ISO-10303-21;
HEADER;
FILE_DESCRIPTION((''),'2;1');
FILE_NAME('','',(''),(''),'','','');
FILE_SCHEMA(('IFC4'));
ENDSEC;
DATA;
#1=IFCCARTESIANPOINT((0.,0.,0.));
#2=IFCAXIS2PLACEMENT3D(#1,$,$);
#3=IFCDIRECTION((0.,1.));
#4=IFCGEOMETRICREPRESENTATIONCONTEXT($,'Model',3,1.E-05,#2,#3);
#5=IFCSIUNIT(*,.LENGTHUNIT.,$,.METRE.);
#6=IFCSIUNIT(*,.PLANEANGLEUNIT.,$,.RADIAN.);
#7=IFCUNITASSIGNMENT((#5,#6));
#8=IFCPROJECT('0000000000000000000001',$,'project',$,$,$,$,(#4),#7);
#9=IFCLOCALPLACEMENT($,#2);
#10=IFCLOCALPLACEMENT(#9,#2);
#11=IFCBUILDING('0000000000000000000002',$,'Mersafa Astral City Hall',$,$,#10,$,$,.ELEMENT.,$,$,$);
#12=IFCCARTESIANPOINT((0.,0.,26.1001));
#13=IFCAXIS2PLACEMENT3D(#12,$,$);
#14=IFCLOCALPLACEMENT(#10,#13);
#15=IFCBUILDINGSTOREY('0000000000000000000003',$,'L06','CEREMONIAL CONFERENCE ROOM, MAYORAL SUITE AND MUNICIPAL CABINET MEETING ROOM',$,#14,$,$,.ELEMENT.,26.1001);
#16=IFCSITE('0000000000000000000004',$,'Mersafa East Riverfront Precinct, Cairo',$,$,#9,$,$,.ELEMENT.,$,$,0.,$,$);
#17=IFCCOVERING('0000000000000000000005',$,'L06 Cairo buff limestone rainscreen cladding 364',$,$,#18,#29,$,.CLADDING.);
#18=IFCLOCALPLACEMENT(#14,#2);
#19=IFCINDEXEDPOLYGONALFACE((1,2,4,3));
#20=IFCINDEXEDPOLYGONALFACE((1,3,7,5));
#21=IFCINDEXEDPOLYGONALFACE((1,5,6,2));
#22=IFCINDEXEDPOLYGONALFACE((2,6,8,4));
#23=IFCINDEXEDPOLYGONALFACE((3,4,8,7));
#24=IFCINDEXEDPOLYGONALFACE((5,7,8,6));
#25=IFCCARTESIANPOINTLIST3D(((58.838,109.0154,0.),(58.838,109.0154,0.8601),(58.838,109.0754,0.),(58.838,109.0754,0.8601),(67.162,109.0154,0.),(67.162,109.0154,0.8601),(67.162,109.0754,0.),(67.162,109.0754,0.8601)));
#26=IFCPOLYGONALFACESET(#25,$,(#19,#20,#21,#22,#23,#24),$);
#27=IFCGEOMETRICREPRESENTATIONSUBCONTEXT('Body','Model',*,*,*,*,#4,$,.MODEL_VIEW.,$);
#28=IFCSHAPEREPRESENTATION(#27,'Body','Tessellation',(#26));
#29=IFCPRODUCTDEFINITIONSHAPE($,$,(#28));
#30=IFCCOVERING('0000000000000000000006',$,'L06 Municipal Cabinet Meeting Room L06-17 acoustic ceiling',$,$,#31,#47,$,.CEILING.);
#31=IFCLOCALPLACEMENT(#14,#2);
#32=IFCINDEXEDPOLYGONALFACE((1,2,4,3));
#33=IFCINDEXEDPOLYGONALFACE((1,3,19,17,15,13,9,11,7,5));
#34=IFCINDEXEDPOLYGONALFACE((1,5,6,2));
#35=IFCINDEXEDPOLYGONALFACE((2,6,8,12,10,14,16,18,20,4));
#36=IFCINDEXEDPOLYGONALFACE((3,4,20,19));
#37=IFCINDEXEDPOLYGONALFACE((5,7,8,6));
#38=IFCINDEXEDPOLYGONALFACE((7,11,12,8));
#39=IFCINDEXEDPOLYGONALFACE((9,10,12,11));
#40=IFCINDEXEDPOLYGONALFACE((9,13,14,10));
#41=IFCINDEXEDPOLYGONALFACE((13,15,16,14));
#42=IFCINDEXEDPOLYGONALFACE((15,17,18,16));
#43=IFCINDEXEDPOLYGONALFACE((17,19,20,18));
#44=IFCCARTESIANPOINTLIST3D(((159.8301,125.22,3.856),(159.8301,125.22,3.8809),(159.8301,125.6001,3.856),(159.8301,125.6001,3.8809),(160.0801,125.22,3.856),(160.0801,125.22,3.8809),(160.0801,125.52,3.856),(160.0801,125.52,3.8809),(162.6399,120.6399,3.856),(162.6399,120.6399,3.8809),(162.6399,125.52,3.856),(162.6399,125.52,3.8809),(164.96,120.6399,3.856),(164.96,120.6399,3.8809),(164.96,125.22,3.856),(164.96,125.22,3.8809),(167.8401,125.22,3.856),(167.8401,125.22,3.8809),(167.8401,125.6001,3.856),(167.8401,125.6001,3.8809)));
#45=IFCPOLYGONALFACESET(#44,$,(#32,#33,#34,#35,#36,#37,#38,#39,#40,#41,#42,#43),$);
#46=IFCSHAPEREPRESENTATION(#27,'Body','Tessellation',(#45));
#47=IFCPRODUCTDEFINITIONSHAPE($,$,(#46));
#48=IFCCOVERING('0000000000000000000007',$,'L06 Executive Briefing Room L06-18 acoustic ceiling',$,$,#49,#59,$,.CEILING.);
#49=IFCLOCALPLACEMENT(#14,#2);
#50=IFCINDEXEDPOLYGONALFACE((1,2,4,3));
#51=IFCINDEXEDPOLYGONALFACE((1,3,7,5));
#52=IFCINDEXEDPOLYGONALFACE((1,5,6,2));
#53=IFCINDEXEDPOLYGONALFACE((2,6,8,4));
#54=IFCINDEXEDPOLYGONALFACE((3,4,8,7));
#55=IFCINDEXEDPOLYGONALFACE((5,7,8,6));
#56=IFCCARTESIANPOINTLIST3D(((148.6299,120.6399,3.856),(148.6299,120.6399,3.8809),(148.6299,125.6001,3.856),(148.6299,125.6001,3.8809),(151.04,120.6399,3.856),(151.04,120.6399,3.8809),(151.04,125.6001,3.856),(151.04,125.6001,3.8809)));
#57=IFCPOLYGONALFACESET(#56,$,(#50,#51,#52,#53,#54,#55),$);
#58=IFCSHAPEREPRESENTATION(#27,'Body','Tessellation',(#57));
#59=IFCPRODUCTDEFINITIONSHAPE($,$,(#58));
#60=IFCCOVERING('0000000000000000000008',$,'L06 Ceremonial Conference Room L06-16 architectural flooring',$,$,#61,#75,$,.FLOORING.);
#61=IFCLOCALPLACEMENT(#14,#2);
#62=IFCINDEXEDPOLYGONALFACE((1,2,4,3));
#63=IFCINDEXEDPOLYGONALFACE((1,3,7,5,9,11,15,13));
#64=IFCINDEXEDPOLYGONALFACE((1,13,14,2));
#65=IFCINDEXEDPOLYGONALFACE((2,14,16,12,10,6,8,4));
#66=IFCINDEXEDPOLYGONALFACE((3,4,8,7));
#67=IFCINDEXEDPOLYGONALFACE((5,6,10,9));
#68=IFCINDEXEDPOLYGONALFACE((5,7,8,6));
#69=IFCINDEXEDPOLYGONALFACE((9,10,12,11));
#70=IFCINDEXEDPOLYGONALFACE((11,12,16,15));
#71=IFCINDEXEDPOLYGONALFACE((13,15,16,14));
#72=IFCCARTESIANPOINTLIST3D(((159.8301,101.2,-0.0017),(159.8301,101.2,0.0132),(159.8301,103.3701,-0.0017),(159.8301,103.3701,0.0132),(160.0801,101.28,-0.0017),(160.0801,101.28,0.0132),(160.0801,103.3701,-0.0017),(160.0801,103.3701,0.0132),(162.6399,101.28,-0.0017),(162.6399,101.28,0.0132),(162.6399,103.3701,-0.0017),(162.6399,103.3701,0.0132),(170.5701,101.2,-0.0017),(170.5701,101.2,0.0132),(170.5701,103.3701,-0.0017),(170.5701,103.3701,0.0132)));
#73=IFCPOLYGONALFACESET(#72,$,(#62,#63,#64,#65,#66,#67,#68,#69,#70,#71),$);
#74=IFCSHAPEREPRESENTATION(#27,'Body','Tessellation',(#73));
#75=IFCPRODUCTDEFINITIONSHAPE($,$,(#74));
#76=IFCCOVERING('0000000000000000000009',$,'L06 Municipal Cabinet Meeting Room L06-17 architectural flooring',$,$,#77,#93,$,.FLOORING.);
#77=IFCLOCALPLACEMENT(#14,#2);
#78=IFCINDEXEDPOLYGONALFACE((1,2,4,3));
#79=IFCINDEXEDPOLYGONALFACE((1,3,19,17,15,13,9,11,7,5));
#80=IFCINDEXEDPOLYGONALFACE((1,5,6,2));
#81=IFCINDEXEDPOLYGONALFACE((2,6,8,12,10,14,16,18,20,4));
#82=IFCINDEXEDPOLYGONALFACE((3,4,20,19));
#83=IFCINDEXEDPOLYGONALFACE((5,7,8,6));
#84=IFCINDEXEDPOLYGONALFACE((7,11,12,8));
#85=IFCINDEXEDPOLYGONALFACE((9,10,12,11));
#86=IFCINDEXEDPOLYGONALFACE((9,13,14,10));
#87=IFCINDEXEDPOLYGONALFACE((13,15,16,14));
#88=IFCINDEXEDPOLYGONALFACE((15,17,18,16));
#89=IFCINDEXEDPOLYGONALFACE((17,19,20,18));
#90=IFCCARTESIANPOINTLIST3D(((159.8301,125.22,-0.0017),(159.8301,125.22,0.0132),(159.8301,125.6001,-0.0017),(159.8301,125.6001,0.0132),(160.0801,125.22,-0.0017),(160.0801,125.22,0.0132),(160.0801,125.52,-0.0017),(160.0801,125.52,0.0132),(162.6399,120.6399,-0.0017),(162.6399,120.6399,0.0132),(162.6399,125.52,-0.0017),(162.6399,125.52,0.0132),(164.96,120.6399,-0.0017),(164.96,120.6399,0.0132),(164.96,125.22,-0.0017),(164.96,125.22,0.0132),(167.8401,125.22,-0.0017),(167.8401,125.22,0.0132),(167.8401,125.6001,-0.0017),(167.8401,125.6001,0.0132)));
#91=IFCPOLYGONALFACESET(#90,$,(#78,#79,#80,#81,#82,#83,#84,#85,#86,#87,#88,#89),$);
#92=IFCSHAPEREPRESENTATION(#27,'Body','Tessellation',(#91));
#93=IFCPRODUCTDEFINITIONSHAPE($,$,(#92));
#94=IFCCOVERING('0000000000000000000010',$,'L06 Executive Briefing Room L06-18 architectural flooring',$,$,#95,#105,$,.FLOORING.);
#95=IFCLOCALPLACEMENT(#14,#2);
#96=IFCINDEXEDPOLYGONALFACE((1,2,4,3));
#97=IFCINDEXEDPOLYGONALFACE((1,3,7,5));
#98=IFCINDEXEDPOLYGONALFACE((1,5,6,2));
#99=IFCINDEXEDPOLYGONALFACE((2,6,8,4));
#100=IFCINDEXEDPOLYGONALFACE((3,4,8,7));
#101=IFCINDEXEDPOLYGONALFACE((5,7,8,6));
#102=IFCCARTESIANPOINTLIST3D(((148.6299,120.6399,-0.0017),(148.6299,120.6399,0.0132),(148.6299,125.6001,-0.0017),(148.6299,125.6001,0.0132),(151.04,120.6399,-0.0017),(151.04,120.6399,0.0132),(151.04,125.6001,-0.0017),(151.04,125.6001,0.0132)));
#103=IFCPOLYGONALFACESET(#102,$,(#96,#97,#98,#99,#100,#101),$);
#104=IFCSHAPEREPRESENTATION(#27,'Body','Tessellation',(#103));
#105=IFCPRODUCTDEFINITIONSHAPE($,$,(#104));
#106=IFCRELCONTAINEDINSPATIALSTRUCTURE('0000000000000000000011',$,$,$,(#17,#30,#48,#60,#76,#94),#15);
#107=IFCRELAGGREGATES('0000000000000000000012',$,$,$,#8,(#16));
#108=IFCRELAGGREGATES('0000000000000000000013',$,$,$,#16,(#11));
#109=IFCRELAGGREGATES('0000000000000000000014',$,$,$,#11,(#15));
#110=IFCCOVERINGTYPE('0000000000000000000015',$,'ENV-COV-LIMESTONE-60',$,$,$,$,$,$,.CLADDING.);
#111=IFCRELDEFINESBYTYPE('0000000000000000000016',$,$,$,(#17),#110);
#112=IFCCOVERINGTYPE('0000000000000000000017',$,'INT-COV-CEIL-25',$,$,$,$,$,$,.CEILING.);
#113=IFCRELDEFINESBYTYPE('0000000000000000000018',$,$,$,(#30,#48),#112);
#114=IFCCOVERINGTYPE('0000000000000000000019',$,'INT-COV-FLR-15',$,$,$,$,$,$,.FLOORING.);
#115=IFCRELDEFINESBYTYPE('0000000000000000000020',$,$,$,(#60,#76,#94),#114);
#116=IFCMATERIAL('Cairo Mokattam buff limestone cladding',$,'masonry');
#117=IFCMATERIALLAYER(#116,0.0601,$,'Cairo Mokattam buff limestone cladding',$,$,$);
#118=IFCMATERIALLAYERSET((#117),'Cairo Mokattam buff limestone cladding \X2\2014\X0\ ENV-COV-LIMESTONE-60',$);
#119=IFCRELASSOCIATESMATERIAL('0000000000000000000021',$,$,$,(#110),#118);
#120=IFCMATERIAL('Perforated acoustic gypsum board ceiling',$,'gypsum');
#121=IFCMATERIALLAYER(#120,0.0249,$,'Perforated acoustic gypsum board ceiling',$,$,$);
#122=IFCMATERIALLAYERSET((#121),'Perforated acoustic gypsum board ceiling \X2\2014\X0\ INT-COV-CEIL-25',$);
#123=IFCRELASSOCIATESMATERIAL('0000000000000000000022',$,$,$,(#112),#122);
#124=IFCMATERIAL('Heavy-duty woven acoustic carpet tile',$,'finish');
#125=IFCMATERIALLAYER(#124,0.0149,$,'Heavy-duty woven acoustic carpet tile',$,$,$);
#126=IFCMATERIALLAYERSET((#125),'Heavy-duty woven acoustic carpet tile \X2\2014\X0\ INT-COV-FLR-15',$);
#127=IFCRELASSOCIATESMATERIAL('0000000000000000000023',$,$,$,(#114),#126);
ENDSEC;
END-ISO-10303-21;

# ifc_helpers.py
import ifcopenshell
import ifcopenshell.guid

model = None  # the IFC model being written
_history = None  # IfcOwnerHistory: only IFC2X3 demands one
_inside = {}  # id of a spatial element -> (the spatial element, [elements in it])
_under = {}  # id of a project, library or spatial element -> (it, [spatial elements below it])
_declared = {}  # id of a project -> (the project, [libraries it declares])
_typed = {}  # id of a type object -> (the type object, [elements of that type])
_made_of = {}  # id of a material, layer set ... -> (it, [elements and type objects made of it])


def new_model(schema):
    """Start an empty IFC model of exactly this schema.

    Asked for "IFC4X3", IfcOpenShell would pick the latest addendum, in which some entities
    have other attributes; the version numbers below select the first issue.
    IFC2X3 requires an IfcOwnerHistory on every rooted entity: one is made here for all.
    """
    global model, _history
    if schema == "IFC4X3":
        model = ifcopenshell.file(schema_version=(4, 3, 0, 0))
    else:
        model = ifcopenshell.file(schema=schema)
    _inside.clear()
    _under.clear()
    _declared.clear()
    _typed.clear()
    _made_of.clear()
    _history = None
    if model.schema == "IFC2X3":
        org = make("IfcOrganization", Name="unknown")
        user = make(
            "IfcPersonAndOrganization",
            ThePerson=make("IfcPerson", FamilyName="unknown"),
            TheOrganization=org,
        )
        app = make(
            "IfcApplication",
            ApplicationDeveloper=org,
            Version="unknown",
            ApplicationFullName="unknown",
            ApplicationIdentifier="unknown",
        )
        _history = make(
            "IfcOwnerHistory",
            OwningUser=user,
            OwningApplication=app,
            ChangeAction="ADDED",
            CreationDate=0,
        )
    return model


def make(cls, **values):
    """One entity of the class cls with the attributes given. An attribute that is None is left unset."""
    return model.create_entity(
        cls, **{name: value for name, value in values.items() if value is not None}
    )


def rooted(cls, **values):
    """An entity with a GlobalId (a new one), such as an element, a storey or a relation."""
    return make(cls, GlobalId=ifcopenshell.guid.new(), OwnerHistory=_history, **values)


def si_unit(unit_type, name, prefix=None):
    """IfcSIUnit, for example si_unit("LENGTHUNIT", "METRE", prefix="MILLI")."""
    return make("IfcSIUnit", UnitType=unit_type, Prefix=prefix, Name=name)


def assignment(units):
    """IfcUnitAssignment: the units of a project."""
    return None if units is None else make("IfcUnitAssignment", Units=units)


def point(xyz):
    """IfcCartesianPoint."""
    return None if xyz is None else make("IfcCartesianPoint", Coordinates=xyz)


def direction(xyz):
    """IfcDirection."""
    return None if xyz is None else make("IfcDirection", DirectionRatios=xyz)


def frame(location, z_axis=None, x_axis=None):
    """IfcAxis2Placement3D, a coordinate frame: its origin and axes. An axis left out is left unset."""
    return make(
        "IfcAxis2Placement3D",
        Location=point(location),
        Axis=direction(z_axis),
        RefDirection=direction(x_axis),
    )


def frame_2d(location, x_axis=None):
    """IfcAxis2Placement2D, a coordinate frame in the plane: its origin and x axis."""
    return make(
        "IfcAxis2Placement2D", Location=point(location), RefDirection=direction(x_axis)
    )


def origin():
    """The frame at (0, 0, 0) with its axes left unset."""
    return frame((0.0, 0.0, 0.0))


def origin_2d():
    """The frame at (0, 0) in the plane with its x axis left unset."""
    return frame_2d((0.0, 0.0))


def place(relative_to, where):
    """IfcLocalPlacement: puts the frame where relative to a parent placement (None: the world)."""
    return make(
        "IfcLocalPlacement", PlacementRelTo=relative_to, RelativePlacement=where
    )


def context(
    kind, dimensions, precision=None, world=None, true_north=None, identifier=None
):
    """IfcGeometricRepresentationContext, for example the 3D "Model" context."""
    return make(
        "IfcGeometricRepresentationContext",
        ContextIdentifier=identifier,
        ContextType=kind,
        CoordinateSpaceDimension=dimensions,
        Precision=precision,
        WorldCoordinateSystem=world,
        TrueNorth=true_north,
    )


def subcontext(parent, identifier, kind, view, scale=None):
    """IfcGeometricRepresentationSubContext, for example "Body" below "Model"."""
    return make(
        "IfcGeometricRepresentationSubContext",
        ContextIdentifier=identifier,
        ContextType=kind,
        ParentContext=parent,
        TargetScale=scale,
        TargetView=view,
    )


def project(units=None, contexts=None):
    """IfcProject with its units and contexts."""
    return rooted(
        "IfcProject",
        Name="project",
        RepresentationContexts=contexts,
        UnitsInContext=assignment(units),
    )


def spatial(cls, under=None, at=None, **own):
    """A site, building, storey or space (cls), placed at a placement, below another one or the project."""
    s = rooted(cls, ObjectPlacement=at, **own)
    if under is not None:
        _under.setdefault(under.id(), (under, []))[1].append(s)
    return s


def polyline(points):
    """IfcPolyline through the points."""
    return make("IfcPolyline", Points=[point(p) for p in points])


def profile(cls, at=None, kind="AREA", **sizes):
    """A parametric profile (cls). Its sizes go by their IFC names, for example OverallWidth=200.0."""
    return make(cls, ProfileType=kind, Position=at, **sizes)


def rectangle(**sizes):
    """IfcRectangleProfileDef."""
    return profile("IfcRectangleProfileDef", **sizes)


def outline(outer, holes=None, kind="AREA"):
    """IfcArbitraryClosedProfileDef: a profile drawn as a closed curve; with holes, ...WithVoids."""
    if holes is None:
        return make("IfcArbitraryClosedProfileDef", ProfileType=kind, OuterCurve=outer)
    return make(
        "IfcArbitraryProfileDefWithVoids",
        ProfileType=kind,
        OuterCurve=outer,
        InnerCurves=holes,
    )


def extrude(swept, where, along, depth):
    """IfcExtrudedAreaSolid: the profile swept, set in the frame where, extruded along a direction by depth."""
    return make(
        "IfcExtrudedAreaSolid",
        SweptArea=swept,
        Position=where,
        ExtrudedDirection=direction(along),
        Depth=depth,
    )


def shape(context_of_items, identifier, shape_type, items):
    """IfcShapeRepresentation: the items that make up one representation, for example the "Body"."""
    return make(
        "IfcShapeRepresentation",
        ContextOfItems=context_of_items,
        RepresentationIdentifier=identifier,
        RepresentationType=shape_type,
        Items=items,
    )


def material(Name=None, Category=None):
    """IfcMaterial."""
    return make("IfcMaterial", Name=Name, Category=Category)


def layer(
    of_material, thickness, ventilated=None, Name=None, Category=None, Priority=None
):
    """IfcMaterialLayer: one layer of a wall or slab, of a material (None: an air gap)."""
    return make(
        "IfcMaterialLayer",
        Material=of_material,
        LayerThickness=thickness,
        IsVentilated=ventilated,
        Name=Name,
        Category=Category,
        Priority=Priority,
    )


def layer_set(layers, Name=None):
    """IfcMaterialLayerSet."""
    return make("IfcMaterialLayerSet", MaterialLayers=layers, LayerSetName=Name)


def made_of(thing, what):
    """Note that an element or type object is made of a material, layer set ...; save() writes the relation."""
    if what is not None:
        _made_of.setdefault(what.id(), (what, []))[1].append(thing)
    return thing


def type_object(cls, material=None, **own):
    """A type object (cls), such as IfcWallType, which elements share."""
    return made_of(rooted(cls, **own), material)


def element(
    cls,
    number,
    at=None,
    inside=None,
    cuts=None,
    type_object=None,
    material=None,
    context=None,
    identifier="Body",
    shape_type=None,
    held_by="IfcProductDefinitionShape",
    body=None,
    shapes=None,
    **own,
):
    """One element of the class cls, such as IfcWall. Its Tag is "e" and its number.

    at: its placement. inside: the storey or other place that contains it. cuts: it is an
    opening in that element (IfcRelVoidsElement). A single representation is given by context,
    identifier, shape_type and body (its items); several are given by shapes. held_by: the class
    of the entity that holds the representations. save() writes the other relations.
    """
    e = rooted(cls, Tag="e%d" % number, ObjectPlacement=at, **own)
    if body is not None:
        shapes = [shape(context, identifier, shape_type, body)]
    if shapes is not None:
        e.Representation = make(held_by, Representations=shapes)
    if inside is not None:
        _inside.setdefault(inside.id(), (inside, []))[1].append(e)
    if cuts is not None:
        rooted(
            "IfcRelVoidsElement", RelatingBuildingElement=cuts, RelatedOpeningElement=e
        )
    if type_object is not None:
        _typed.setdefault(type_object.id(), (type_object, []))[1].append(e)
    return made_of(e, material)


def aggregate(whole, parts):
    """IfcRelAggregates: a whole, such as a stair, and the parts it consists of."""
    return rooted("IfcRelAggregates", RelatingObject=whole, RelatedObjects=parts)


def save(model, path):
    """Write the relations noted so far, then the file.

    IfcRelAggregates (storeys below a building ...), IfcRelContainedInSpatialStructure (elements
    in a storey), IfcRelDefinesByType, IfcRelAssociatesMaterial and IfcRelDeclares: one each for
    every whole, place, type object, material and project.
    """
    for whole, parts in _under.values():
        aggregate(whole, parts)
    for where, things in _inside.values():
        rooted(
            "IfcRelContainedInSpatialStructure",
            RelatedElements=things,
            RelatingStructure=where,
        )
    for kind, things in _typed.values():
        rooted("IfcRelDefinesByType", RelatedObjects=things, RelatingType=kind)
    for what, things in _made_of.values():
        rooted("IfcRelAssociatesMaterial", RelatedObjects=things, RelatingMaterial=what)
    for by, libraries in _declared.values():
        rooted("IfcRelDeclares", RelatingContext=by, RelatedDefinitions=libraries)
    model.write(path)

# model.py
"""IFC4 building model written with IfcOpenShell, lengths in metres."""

from ifc_helpers import new_model, si_unit, direction, frame, origin, origin_2d, place, context, subcontext, project, spatial, polyline, rectangle, outline, extrude, material, layer, layer_set, type_object, element, save


model = new_model("IFC4")

# Units and contexts
model_context = context("Model", 3, precision=1e-05, world=origin(), true_north=direction((0.0, 1.0)))
body_context = subcontext(model_context, "Body", "Model", "MODEL_VIEW")
ifc_project = project(units=[si_unit("LENGTHUNIT", "METRE"), si_unit("PLANEANGLEUNIT", "RADIAN")], contexts=[model_context])

# Site, building, storey
site_placement = place(None, origin())
site = spatial("IfcSite", under=ifc_project, at=site_placement, Name="Mersafa East Riverfront Precinct, Cairo", CompositionType="ELEMENT", RefElevation=0.0)
building_placement = place(site_placement, origin())
building = spatial("IfcBuilding", under=site, at=building_placement, Name="Mersafa Astral City Hall", CompositionType="ELEMENT")
storey_placement = place(building_placement, frame((0.0, 0.0, 26.1001)))
storey = spatial("IfcBuildingStorey", under=building, at=storey_placement, Name="L06", Description="CEREMONIAL CONFERENCE ROOM, MAYORAL SUITE AND MUNICIPAL CABINET MEETING ROOM", CompositionType="ELEMENT", Elevation=26.1001)

# Coverings
ifc_material_1 = material(Name="Cairo Mokattam buff limestone cladding", Category="masonry")
ifc_layer_1 = layer(ifc_material_1, 0.0601, Name="Cairo Mokattam buff limestone cladding")
ifc_layer_set_1 = layer_set([ifc_layer_1], Name="Cairo Mokattam buff limestone cladding — ENV-COV-LIMESTONE-60")
covering_type_1 = type_object("IfcCoveringType", Name="ENV-COV-LIMESTONE-60", PredefinedType="CLADDING", material=ifc_layer_set_1)
for number, where, z_axis, x_axis, name in (
    (1, (63.0, 109.0454, 0.0), (0.0, 0.0, 1.0), (1.0, 0.0, 0.0), "L06 Cairo buff limestone rainscreen cladding 364"),
):
    element("IfcCovering", number, at=place(storey_placement, frame(where, z_axis=z_axis, x_axis=x_axis)), inside=storey, type_object=covering_type_1, Name=name, PredefinedType="CLADDING", context=body_context, shape_type="SweptSolid", body=[
        extrude(rectangle(XDim=8.324, YDim=0.0601, at=origin_2d()), origin(), (0.0, 0.0, 1.0), 0.8601),
    ])
ifc_material_2 = material(Name="Perforated acoustic gypsum board ceiling", Category="gypsum")
ifc_layer_2 = layer(ifc_material_2, 0.0249, Name="Perforated acoustic gypsum board ceiling")
ifc_layer_set_2 = layer_set([ifc_layer_2], Name="Perforated acoustic gypsum board ceiling — INT-COV-CEIL-25")
covering_type_2 = type_object("IfcCoveringType", Name="INT-COV-CEIL-25", PredefinedType="CEILING", material=ifc_layer_set_2)
covering_1_placement = place(storey_placement, frame((0.0, 0.0, 3.856)))
element("IfcCovering", 2, at=covering_1_placement, inside=storey, type_object=covering_type_2, Name="L06 Municipal Cabinet Meeting Room L06-17 acoustic ceiling", PredefinedType="CEILING", context=body_context, shape_type="SweptSolid", body=[
    extrude(outline(polyline([(164.96, 125.22), (164.96, 120.6399), (162.6399, 120.6399), (162.6399, 125.52), (160.0801, 125.52), (160.0801, 125.22), (159.8301, 125.22), (159.8301, 125.6001), (167.8401, 125.6001), (167.8401, 125.22), (164.96, 125.22)])), origin(), (0.0, 0.0, 1.0), 0.0249),
])
covering_2_placement = place(storey_placement, frame((0.0, 0.0, 3.856)))
element("IfcCovering", 3, at=covering_2_placement, inside=storey, type_object=covering_type_2, Name="L06 Executive Briefing Room L06-18 acoustic ceiling", PredefinedType="CEILING", context=body_context, shape_type="SweptSolid", body=[
    extrude(outline(polyline([(148.6299, 125.6001), (151.04, 125.6001), (151.04, 120.6399), (148.6299, 120.6399), (148.6299, 125.6001)])), origin(), (0.0, 0.0, 1.0), 0.0249),
])
ifc_material_3 = material(Name="Heavy-duty woven acoustic carpet tile", Category="finish")
ifc_layer_3 = layer(ifc_material_3, 0.0149, Name="Heavy-duty woven acoustic carpet tile")
ifc_layer_set_3 = layer_set([ifc_layer_3], Name="Heavy-duty woven acoustic carpet tile — INT-COV-FLR-15")
covering_type_3 = type_object("IfcCoveringType", Name="INT-COV-FLR-15", PredefinedType="FLOORING", material=ifc_layer_set_3)
covering_3_placement = place(storey_placement, frame((0.0, 0.0, -0.0017)))
element("IfcCovering", 4, at=covering_3_placement, inside=storey, type_object=covering_type_3, Name="L06 Ceremonial Conference Room L06-16 architectural flooring", PredefinedType="FLOORING", context=body_context, shape_type="SweptSolid", body=[
    extrude(outline(polyline([(160.0801, 103.3701), (160.0801, 101.28), (162.6399, 101.28), (162.6399, 103.3701), (170.5701, 103.3701), (170.5701, 101.2), (159.8301, 101.2), (159.8301, 103.3701), (160.0801, 103.3701)])), origin(), (0.0, 0.0, 1.0), 0.0149),
])
covering_4_placement = place(storey_placement, frame((0.0, 0.0, -0.0017)))
element("IfcCovering", 5, at=covering_4_placement, inside=storey, type_object=covering_type_3, Name="L06 Municipal Cabinet Meeting Room L06-17 architectural flooring", PredefinedType="FLOORING", context=body_context, shape_type="SweptSolid", body=[
    extrude(outline(polyline([(164.96, 125.22), (164.96, 120.6399), (162.6399, 120.6399), (162.6399, 125.52), (160.0801, 125.52), (160.0801, 125.22), (159.8301, 125.22), (159.8301, 125.6001), (167.8401, 125.6001), (167.8401, 125.22), (164.96, 125.22)])), origin(), (0.0, 0.0, 1.0), 0.0149),
])
covering_5_placement = place(storey_placement, frame((0.0, 0.0, -0.0017)))
element("IfcCovering", 6, at=covering_5_placement, inside=storey, type_object=covering_type_3, Name="L06 Executive Briefing Room L06-18 architectural flooring", PredefinedType="FLOORING", context=body_context, shape_type="SweptSolid", body=[
    extrude(outline(polyline([(148.6299, 125.6001), (151.04, 125.6001), (151.04, 120.6399), (148.6299, 120.6399), (148.6299, 125.6001)])), origin(), (0.0, 0.0, 1.0), 0.0149),
])

save(model, "model.ifc")
